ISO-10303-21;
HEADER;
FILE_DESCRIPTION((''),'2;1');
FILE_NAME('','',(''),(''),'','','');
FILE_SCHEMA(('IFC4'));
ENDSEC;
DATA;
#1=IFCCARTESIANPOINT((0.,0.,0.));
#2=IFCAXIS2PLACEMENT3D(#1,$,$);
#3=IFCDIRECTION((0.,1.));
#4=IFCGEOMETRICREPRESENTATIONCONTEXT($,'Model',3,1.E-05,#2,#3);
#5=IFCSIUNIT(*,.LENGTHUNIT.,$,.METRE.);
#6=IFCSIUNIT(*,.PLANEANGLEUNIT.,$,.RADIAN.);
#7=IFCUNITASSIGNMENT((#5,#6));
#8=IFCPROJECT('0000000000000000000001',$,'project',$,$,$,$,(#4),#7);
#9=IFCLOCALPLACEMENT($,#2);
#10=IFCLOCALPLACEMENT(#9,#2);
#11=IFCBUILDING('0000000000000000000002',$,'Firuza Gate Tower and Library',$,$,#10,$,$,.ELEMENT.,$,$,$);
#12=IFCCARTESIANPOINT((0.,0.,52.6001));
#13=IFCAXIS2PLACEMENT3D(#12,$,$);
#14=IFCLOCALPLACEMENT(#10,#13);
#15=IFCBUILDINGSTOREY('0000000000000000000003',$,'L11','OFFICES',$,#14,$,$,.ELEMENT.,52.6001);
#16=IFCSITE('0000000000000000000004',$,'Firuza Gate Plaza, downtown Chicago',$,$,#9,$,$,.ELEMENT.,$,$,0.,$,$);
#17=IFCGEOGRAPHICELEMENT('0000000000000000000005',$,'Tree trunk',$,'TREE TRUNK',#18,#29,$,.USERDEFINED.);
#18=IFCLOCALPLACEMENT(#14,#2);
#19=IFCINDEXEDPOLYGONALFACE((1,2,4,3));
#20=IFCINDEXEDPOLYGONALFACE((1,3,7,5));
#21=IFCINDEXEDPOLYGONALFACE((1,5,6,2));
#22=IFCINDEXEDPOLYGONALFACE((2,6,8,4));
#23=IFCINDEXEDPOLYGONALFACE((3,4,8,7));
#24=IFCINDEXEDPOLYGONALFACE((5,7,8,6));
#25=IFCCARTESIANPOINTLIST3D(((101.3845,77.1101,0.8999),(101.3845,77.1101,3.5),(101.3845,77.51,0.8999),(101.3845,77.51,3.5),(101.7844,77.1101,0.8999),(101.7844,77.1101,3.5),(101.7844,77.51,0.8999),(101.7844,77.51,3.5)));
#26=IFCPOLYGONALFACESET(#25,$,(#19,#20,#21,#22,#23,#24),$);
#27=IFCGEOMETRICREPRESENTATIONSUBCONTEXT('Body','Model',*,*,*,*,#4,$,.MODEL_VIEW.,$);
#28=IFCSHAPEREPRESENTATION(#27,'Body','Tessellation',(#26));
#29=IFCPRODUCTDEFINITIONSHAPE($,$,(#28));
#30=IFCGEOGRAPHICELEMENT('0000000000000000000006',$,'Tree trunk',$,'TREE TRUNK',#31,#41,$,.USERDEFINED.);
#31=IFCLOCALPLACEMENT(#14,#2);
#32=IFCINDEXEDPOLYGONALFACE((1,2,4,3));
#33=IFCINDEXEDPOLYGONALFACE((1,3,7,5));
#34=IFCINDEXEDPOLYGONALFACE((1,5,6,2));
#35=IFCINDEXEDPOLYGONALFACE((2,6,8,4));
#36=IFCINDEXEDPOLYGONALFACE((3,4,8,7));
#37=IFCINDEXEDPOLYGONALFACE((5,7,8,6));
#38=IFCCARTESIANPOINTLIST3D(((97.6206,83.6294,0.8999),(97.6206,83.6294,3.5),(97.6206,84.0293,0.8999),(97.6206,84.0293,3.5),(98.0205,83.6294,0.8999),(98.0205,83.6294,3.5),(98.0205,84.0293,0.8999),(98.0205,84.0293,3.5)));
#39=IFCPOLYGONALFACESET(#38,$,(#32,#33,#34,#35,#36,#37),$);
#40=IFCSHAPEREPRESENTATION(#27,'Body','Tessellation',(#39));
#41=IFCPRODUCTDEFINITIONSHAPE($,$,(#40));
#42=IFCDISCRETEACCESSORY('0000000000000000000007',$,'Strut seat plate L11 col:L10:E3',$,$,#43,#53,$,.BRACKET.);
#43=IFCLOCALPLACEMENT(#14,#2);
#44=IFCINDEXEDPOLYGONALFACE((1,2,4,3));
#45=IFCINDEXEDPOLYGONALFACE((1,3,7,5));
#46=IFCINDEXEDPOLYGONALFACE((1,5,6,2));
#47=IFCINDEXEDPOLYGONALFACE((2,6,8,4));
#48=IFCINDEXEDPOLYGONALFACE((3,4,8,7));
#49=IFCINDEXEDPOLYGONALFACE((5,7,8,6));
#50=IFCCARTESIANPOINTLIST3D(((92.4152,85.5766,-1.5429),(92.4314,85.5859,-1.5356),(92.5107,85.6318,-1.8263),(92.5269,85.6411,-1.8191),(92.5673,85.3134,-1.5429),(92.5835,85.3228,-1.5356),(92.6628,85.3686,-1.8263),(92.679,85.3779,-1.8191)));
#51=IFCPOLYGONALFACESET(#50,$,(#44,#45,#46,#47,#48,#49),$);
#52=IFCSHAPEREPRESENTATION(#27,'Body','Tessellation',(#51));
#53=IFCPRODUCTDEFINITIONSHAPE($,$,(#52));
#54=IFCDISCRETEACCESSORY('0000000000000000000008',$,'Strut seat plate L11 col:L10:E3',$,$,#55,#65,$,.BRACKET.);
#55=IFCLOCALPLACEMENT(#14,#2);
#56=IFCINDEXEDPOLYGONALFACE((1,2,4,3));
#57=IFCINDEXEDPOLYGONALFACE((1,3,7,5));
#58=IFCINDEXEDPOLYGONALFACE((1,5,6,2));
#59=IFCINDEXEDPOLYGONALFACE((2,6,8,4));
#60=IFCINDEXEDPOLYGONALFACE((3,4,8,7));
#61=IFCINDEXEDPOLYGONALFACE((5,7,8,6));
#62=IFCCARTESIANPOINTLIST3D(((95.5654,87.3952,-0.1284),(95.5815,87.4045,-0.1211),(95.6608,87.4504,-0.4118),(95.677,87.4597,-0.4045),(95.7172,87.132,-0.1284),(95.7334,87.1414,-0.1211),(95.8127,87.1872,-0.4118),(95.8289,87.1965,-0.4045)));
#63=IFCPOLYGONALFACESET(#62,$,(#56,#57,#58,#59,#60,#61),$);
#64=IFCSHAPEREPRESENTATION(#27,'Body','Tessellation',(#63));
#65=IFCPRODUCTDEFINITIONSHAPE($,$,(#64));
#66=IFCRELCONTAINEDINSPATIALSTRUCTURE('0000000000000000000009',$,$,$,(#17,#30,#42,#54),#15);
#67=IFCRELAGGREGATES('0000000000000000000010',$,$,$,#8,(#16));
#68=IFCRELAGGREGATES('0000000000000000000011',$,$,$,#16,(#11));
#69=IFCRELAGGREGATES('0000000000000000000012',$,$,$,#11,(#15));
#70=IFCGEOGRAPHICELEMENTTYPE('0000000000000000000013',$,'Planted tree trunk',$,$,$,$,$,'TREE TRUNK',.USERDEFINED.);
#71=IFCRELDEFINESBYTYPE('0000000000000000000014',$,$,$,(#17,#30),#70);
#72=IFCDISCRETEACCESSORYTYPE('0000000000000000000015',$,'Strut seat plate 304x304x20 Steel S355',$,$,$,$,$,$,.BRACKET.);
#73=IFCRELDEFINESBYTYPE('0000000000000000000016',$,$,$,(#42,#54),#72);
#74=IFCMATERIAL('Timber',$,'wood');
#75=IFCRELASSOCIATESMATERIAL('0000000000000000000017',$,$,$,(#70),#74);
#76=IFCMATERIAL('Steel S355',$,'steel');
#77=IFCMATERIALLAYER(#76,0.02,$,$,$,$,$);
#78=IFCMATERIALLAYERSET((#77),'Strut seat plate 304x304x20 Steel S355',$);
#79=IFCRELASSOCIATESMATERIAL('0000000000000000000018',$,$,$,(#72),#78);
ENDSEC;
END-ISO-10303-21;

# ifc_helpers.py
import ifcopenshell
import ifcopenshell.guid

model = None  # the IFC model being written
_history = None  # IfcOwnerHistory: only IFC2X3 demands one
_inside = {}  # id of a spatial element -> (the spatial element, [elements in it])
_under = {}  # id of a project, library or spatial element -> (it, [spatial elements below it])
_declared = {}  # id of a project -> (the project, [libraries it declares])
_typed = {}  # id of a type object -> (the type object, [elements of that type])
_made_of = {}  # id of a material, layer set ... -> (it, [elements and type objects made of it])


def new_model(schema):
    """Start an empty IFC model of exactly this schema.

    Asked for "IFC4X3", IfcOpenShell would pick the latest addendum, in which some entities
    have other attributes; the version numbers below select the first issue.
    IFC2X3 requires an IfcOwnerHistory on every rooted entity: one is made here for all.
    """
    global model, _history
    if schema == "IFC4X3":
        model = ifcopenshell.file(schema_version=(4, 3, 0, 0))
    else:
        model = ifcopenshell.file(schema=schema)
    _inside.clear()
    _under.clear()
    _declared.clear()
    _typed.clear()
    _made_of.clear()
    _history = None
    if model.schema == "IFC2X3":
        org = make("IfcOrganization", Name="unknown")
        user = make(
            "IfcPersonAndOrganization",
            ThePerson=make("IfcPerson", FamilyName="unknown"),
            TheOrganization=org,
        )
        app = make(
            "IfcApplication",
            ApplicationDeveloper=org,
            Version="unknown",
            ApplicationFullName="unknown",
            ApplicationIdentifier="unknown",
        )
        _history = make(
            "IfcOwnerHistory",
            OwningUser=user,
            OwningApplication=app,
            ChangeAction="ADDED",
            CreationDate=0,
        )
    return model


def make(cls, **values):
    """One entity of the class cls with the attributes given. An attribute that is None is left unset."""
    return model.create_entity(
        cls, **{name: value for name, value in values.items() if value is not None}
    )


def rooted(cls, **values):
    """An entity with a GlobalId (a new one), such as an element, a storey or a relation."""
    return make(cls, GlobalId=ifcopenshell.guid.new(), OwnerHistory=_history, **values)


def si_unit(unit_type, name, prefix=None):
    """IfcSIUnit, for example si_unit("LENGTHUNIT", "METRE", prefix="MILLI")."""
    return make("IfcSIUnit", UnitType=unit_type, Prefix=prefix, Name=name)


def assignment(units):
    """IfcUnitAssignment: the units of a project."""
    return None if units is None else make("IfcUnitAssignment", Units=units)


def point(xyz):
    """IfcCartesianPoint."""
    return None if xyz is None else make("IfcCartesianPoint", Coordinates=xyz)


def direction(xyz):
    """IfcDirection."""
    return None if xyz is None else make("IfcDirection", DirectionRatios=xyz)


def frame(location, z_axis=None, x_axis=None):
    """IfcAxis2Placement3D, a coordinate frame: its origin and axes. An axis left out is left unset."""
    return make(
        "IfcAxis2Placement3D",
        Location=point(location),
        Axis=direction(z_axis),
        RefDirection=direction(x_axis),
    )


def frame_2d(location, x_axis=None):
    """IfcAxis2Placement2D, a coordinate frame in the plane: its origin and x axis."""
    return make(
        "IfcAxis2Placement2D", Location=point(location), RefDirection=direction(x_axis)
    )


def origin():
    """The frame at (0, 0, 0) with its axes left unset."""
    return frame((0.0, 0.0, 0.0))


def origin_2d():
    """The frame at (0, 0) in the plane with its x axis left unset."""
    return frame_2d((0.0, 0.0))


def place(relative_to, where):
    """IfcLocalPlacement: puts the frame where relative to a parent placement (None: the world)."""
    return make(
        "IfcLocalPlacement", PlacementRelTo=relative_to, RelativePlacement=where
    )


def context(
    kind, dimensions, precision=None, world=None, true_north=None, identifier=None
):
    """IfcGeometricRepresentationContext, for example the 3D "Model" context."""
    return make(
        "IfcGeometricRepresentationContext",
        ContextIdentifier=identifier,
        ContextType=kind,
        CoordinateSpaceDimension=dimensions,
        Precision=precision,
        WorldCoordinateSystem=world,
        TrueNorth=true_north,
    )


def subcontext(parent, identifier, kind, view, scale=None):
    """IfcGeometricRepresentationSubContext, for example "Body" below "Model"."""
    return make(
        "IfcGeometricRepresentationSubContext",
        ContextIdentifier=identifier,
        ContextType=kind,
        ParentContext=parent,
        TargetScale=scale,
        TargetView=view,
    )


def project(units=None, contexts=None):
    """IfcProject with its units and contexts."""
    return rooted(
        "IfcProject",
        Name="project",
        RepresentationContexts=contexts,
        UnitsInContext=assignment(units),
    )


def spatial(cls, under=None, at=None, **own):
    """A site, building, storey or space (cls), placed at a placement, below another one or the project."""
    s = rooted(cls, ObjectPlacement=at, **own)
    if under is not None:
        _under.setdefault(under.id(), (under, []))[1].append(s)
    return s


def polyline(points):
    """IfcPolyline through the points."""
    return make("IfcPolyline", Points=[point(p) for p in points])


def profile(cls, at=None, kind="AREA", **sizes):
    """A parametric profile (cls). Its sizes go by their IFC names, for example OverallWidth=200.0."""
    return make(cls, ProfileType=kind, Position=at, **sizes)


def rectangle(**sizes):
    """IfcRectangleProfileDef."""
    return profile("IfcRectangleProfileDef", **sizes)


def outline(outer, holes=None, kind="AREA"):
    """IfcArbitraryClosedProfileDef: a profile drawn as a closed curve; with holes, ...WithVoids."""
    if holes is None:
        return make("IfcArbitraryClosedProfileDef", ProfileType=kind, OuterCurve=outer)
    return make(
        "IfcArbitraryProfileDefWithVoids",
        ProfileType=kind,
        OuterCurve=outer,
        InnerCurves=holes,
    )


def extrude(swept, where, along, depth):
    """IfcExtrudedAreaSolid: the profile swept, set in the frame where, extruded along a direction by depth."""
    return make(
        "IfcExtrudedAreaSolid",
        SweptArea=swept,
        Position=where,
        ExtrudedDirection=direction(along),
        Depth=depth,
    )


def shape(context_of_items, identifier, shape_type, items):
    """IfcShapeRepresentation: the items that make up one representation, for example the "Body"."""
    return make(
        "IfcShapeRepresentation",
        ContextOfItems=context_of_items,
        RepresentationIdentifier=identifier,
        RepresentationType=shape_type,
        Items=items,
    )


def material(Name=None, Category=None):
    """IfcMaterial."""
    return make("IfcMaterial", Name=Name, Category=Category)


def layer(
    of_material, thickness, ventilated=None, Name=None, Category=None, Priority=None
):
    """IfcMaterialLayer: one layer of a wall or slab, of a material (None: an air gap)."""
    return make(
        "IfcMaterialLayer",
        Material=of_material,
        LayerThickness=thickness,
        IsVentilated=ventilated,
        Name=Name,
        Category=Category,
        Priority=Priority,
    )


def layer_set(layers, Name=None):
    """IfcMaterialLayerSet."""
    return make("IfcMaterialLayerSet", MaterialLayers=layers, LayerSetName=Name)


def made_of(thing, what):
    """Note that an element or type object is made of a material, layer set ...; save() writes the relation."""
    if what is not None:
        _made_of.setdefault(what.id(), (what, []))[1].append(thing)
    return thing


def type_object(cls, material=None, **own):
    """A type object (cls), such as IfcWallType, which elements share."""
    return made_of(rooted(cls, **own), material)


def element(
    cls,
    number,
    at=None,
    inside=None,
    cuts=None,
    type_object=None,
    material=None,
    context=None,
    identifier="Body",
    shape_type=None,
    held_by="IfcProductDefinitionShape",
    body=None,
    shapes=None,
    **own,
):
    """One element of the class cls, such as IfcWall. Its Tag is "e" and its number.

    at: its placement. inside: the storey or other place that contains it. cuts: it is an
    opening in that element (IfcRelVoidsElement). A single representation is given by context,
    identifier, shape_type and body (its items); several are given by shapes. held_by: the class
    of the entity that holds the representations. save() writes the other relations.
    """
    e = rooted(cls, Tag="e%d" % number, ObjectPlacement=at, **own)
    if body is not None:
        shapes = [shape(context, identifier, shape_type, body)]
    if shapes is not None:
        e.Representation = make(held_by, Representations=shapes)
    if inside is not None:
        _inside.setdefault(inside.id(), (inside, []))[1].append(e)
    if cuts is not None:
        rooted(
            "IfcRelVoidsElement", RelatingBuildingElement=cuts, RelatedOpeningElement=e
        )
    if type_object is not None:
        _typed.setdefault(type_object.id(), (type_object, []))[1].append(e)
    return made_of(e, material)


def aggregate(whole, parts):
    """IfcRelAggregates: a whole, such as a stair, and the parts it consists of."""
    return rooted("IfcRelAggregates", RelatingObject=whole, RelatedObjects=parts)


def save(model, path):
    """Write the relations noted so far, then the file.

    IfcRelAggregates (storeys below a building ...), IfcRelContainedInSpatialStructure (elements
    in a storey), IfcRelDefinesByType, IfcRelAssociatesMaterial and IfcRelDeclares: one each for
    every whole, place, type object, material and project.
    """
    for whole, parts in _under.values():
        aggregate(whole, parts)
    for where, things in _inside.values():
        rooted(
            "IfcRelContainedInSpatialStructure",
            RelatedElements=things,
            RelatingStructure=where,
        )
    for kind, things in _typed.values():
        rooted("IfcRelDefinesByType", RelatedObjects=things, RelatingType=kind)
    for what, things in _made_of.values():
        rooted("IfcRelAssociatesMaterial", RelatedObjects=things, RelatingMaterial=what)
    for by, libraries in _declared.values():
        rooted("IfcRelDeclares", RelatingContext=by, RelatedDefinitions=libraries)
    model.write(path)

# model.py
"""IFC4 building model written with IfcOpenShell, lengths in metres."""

from ifc_helpers import new_model, si_unit, direction, frame, origin, origin_2d, place, context, subcontext, project, spatial, polyline, rectangle, outline, extrude, material, layer, layer_set, type_object, element, save


model = new_model("IFC4")

# Units and contexts
model_context = context("Model", 3, precision=1e-05, world=origin(), true_north=direction((0.0, 1.0)))
body_context = subcontext(model_context, "Body", "Model", "MODEL_VIEW")
ifc_project = project(units=[si_unit("LENGTHUNIT", "METRE"), si_unit("PLANEANGLEUNIT", "RADIAN")], contexts=[model_context])

# Site, building, storey
site_placement = place(None, origin())
site = spatial("IfcSite", under=ifc_project, at=site_placement, Name="Firuza Gate Plaza, downtown Chicago", CompositionType="ELEMENT", RefElevation=0.0)
building_placement = place(site_placement, origin())
building = spatial("IfcBuilding", under=site, at=building_placement, Name="Firuza Gate Tower and Library", CompositionType="ELEMENT")
storey_placement = place(building_placement, frame((0.0, 0.0, 52.6001)))
storey = spatial("IfcBuildingStorey", under=building, at=storey_placement, Name="L11", Description="OFFICES", CompositionType="ELEMENT", Elevation=52.6001)

# Geographic elements
ifc_material_1 = material(Name="Timber", Category="wood")
geographic_element_type_1 = type_object("IfcGeographicElementType", Name="Planted tree trunk", ElementType="TREE TRUNK", PredefinedType="USERDEFINED", material=ifc_material_1)
for number, where, z_axis, x_axis, name in (
    (1, (101.5845, 77.3101, 0.8999), (0.0, 0.0, 1.0), (1.0, 0.0, 0.0), "Tree trunk"),
    (2, (97.8206, 83.8293, 0.8999), (0.0, 0.0, 1.0), (1.0, 0.0, 0.0), "Tree trunk"),
):
    element("IfcGeographicElement", number, at=place(storey_placement, frame(where, z_axis=z_axis, x_axis=x_axis)), inside=storey, type_object=geographic_element_type_1, Name=name, ObjectType="TREE TRUNK", PredefinedType="USERDEFINED", context=body_context, shape_type="SweptSolid", body=[
        extrude(rectangle(XDim=0.3999, YDim=0.3999, at=origin_2d()), origin(), (0.0, 0.0, 1.0), 2.6001),
    ])

# Discrete accessories
ifc_material_2 = material(Name="Steel S355", Category="steel")
ifc_layer_1 = layer(ifc_material_2, 0.02)
ifc_layer_set_1 = layer_set([ifc_layer_1], Name="Strut seat plate 304x304x20 Steel S355")
discrete_accessory_type = type_object("IfcDiscreteAccessoryType", Name="Strut seat plate 304x304x20 Steel S355", PredefinedType="BRACKET", material=ifc_layer_set_1)
discrete_accessory_1_placement = place(storey_placement, frame((92.4314, 85.5859, -1.5356), z_axis=(0.806913, 0.466333, 0.362527), x_axis=(0.500371, -0.865811, 0.0)))
element("IfcDiscreteAccessory", 3, at=discrete_accessory_1_placement, inside=storey, type_object=discrete_accessory_type, Name="Strut seat plate L11 col:L10:E3", PredefinedType="BRACKET", context=body_context, shape_type="SweptSolid", body=[
    extrude(outline(polyline([(0.0, 0.0), (0.304, 0.0), (0.304, 0.3041), (0.0, 0.3041), (0.0, 0.0)])), origin(), (0.0, 0.0, -1.0), 0.02),
])
discrete_accessory_2_placement = place(storey_placement, frame((95.7334, 87.1414, -0.1211), z_axis=(0.807237, 0.465771, 0.362527), x_axis=(-0.499769, 0.866159, 0.0)))
element("IfcDiscreteAccessory", 4, at=discrete_accessory_2_placement, inside=storey, type_object=discrete_accessory_type, Name="Strut seat plate L11 col:L10:E3", PredefinedType="BRACKET", context=body_context, shape_type="SweptSolid", body=[
    extrude(outline(polyline([(0.0, 0.0), (0.3039, 0.0), (0.3039, -0.3041), (0.0001, -0.3041), (0.0, 0.0)])), origin(), (0.0, 0.0, -1.0), 0.02),
])

save(model, "model.ifc")
